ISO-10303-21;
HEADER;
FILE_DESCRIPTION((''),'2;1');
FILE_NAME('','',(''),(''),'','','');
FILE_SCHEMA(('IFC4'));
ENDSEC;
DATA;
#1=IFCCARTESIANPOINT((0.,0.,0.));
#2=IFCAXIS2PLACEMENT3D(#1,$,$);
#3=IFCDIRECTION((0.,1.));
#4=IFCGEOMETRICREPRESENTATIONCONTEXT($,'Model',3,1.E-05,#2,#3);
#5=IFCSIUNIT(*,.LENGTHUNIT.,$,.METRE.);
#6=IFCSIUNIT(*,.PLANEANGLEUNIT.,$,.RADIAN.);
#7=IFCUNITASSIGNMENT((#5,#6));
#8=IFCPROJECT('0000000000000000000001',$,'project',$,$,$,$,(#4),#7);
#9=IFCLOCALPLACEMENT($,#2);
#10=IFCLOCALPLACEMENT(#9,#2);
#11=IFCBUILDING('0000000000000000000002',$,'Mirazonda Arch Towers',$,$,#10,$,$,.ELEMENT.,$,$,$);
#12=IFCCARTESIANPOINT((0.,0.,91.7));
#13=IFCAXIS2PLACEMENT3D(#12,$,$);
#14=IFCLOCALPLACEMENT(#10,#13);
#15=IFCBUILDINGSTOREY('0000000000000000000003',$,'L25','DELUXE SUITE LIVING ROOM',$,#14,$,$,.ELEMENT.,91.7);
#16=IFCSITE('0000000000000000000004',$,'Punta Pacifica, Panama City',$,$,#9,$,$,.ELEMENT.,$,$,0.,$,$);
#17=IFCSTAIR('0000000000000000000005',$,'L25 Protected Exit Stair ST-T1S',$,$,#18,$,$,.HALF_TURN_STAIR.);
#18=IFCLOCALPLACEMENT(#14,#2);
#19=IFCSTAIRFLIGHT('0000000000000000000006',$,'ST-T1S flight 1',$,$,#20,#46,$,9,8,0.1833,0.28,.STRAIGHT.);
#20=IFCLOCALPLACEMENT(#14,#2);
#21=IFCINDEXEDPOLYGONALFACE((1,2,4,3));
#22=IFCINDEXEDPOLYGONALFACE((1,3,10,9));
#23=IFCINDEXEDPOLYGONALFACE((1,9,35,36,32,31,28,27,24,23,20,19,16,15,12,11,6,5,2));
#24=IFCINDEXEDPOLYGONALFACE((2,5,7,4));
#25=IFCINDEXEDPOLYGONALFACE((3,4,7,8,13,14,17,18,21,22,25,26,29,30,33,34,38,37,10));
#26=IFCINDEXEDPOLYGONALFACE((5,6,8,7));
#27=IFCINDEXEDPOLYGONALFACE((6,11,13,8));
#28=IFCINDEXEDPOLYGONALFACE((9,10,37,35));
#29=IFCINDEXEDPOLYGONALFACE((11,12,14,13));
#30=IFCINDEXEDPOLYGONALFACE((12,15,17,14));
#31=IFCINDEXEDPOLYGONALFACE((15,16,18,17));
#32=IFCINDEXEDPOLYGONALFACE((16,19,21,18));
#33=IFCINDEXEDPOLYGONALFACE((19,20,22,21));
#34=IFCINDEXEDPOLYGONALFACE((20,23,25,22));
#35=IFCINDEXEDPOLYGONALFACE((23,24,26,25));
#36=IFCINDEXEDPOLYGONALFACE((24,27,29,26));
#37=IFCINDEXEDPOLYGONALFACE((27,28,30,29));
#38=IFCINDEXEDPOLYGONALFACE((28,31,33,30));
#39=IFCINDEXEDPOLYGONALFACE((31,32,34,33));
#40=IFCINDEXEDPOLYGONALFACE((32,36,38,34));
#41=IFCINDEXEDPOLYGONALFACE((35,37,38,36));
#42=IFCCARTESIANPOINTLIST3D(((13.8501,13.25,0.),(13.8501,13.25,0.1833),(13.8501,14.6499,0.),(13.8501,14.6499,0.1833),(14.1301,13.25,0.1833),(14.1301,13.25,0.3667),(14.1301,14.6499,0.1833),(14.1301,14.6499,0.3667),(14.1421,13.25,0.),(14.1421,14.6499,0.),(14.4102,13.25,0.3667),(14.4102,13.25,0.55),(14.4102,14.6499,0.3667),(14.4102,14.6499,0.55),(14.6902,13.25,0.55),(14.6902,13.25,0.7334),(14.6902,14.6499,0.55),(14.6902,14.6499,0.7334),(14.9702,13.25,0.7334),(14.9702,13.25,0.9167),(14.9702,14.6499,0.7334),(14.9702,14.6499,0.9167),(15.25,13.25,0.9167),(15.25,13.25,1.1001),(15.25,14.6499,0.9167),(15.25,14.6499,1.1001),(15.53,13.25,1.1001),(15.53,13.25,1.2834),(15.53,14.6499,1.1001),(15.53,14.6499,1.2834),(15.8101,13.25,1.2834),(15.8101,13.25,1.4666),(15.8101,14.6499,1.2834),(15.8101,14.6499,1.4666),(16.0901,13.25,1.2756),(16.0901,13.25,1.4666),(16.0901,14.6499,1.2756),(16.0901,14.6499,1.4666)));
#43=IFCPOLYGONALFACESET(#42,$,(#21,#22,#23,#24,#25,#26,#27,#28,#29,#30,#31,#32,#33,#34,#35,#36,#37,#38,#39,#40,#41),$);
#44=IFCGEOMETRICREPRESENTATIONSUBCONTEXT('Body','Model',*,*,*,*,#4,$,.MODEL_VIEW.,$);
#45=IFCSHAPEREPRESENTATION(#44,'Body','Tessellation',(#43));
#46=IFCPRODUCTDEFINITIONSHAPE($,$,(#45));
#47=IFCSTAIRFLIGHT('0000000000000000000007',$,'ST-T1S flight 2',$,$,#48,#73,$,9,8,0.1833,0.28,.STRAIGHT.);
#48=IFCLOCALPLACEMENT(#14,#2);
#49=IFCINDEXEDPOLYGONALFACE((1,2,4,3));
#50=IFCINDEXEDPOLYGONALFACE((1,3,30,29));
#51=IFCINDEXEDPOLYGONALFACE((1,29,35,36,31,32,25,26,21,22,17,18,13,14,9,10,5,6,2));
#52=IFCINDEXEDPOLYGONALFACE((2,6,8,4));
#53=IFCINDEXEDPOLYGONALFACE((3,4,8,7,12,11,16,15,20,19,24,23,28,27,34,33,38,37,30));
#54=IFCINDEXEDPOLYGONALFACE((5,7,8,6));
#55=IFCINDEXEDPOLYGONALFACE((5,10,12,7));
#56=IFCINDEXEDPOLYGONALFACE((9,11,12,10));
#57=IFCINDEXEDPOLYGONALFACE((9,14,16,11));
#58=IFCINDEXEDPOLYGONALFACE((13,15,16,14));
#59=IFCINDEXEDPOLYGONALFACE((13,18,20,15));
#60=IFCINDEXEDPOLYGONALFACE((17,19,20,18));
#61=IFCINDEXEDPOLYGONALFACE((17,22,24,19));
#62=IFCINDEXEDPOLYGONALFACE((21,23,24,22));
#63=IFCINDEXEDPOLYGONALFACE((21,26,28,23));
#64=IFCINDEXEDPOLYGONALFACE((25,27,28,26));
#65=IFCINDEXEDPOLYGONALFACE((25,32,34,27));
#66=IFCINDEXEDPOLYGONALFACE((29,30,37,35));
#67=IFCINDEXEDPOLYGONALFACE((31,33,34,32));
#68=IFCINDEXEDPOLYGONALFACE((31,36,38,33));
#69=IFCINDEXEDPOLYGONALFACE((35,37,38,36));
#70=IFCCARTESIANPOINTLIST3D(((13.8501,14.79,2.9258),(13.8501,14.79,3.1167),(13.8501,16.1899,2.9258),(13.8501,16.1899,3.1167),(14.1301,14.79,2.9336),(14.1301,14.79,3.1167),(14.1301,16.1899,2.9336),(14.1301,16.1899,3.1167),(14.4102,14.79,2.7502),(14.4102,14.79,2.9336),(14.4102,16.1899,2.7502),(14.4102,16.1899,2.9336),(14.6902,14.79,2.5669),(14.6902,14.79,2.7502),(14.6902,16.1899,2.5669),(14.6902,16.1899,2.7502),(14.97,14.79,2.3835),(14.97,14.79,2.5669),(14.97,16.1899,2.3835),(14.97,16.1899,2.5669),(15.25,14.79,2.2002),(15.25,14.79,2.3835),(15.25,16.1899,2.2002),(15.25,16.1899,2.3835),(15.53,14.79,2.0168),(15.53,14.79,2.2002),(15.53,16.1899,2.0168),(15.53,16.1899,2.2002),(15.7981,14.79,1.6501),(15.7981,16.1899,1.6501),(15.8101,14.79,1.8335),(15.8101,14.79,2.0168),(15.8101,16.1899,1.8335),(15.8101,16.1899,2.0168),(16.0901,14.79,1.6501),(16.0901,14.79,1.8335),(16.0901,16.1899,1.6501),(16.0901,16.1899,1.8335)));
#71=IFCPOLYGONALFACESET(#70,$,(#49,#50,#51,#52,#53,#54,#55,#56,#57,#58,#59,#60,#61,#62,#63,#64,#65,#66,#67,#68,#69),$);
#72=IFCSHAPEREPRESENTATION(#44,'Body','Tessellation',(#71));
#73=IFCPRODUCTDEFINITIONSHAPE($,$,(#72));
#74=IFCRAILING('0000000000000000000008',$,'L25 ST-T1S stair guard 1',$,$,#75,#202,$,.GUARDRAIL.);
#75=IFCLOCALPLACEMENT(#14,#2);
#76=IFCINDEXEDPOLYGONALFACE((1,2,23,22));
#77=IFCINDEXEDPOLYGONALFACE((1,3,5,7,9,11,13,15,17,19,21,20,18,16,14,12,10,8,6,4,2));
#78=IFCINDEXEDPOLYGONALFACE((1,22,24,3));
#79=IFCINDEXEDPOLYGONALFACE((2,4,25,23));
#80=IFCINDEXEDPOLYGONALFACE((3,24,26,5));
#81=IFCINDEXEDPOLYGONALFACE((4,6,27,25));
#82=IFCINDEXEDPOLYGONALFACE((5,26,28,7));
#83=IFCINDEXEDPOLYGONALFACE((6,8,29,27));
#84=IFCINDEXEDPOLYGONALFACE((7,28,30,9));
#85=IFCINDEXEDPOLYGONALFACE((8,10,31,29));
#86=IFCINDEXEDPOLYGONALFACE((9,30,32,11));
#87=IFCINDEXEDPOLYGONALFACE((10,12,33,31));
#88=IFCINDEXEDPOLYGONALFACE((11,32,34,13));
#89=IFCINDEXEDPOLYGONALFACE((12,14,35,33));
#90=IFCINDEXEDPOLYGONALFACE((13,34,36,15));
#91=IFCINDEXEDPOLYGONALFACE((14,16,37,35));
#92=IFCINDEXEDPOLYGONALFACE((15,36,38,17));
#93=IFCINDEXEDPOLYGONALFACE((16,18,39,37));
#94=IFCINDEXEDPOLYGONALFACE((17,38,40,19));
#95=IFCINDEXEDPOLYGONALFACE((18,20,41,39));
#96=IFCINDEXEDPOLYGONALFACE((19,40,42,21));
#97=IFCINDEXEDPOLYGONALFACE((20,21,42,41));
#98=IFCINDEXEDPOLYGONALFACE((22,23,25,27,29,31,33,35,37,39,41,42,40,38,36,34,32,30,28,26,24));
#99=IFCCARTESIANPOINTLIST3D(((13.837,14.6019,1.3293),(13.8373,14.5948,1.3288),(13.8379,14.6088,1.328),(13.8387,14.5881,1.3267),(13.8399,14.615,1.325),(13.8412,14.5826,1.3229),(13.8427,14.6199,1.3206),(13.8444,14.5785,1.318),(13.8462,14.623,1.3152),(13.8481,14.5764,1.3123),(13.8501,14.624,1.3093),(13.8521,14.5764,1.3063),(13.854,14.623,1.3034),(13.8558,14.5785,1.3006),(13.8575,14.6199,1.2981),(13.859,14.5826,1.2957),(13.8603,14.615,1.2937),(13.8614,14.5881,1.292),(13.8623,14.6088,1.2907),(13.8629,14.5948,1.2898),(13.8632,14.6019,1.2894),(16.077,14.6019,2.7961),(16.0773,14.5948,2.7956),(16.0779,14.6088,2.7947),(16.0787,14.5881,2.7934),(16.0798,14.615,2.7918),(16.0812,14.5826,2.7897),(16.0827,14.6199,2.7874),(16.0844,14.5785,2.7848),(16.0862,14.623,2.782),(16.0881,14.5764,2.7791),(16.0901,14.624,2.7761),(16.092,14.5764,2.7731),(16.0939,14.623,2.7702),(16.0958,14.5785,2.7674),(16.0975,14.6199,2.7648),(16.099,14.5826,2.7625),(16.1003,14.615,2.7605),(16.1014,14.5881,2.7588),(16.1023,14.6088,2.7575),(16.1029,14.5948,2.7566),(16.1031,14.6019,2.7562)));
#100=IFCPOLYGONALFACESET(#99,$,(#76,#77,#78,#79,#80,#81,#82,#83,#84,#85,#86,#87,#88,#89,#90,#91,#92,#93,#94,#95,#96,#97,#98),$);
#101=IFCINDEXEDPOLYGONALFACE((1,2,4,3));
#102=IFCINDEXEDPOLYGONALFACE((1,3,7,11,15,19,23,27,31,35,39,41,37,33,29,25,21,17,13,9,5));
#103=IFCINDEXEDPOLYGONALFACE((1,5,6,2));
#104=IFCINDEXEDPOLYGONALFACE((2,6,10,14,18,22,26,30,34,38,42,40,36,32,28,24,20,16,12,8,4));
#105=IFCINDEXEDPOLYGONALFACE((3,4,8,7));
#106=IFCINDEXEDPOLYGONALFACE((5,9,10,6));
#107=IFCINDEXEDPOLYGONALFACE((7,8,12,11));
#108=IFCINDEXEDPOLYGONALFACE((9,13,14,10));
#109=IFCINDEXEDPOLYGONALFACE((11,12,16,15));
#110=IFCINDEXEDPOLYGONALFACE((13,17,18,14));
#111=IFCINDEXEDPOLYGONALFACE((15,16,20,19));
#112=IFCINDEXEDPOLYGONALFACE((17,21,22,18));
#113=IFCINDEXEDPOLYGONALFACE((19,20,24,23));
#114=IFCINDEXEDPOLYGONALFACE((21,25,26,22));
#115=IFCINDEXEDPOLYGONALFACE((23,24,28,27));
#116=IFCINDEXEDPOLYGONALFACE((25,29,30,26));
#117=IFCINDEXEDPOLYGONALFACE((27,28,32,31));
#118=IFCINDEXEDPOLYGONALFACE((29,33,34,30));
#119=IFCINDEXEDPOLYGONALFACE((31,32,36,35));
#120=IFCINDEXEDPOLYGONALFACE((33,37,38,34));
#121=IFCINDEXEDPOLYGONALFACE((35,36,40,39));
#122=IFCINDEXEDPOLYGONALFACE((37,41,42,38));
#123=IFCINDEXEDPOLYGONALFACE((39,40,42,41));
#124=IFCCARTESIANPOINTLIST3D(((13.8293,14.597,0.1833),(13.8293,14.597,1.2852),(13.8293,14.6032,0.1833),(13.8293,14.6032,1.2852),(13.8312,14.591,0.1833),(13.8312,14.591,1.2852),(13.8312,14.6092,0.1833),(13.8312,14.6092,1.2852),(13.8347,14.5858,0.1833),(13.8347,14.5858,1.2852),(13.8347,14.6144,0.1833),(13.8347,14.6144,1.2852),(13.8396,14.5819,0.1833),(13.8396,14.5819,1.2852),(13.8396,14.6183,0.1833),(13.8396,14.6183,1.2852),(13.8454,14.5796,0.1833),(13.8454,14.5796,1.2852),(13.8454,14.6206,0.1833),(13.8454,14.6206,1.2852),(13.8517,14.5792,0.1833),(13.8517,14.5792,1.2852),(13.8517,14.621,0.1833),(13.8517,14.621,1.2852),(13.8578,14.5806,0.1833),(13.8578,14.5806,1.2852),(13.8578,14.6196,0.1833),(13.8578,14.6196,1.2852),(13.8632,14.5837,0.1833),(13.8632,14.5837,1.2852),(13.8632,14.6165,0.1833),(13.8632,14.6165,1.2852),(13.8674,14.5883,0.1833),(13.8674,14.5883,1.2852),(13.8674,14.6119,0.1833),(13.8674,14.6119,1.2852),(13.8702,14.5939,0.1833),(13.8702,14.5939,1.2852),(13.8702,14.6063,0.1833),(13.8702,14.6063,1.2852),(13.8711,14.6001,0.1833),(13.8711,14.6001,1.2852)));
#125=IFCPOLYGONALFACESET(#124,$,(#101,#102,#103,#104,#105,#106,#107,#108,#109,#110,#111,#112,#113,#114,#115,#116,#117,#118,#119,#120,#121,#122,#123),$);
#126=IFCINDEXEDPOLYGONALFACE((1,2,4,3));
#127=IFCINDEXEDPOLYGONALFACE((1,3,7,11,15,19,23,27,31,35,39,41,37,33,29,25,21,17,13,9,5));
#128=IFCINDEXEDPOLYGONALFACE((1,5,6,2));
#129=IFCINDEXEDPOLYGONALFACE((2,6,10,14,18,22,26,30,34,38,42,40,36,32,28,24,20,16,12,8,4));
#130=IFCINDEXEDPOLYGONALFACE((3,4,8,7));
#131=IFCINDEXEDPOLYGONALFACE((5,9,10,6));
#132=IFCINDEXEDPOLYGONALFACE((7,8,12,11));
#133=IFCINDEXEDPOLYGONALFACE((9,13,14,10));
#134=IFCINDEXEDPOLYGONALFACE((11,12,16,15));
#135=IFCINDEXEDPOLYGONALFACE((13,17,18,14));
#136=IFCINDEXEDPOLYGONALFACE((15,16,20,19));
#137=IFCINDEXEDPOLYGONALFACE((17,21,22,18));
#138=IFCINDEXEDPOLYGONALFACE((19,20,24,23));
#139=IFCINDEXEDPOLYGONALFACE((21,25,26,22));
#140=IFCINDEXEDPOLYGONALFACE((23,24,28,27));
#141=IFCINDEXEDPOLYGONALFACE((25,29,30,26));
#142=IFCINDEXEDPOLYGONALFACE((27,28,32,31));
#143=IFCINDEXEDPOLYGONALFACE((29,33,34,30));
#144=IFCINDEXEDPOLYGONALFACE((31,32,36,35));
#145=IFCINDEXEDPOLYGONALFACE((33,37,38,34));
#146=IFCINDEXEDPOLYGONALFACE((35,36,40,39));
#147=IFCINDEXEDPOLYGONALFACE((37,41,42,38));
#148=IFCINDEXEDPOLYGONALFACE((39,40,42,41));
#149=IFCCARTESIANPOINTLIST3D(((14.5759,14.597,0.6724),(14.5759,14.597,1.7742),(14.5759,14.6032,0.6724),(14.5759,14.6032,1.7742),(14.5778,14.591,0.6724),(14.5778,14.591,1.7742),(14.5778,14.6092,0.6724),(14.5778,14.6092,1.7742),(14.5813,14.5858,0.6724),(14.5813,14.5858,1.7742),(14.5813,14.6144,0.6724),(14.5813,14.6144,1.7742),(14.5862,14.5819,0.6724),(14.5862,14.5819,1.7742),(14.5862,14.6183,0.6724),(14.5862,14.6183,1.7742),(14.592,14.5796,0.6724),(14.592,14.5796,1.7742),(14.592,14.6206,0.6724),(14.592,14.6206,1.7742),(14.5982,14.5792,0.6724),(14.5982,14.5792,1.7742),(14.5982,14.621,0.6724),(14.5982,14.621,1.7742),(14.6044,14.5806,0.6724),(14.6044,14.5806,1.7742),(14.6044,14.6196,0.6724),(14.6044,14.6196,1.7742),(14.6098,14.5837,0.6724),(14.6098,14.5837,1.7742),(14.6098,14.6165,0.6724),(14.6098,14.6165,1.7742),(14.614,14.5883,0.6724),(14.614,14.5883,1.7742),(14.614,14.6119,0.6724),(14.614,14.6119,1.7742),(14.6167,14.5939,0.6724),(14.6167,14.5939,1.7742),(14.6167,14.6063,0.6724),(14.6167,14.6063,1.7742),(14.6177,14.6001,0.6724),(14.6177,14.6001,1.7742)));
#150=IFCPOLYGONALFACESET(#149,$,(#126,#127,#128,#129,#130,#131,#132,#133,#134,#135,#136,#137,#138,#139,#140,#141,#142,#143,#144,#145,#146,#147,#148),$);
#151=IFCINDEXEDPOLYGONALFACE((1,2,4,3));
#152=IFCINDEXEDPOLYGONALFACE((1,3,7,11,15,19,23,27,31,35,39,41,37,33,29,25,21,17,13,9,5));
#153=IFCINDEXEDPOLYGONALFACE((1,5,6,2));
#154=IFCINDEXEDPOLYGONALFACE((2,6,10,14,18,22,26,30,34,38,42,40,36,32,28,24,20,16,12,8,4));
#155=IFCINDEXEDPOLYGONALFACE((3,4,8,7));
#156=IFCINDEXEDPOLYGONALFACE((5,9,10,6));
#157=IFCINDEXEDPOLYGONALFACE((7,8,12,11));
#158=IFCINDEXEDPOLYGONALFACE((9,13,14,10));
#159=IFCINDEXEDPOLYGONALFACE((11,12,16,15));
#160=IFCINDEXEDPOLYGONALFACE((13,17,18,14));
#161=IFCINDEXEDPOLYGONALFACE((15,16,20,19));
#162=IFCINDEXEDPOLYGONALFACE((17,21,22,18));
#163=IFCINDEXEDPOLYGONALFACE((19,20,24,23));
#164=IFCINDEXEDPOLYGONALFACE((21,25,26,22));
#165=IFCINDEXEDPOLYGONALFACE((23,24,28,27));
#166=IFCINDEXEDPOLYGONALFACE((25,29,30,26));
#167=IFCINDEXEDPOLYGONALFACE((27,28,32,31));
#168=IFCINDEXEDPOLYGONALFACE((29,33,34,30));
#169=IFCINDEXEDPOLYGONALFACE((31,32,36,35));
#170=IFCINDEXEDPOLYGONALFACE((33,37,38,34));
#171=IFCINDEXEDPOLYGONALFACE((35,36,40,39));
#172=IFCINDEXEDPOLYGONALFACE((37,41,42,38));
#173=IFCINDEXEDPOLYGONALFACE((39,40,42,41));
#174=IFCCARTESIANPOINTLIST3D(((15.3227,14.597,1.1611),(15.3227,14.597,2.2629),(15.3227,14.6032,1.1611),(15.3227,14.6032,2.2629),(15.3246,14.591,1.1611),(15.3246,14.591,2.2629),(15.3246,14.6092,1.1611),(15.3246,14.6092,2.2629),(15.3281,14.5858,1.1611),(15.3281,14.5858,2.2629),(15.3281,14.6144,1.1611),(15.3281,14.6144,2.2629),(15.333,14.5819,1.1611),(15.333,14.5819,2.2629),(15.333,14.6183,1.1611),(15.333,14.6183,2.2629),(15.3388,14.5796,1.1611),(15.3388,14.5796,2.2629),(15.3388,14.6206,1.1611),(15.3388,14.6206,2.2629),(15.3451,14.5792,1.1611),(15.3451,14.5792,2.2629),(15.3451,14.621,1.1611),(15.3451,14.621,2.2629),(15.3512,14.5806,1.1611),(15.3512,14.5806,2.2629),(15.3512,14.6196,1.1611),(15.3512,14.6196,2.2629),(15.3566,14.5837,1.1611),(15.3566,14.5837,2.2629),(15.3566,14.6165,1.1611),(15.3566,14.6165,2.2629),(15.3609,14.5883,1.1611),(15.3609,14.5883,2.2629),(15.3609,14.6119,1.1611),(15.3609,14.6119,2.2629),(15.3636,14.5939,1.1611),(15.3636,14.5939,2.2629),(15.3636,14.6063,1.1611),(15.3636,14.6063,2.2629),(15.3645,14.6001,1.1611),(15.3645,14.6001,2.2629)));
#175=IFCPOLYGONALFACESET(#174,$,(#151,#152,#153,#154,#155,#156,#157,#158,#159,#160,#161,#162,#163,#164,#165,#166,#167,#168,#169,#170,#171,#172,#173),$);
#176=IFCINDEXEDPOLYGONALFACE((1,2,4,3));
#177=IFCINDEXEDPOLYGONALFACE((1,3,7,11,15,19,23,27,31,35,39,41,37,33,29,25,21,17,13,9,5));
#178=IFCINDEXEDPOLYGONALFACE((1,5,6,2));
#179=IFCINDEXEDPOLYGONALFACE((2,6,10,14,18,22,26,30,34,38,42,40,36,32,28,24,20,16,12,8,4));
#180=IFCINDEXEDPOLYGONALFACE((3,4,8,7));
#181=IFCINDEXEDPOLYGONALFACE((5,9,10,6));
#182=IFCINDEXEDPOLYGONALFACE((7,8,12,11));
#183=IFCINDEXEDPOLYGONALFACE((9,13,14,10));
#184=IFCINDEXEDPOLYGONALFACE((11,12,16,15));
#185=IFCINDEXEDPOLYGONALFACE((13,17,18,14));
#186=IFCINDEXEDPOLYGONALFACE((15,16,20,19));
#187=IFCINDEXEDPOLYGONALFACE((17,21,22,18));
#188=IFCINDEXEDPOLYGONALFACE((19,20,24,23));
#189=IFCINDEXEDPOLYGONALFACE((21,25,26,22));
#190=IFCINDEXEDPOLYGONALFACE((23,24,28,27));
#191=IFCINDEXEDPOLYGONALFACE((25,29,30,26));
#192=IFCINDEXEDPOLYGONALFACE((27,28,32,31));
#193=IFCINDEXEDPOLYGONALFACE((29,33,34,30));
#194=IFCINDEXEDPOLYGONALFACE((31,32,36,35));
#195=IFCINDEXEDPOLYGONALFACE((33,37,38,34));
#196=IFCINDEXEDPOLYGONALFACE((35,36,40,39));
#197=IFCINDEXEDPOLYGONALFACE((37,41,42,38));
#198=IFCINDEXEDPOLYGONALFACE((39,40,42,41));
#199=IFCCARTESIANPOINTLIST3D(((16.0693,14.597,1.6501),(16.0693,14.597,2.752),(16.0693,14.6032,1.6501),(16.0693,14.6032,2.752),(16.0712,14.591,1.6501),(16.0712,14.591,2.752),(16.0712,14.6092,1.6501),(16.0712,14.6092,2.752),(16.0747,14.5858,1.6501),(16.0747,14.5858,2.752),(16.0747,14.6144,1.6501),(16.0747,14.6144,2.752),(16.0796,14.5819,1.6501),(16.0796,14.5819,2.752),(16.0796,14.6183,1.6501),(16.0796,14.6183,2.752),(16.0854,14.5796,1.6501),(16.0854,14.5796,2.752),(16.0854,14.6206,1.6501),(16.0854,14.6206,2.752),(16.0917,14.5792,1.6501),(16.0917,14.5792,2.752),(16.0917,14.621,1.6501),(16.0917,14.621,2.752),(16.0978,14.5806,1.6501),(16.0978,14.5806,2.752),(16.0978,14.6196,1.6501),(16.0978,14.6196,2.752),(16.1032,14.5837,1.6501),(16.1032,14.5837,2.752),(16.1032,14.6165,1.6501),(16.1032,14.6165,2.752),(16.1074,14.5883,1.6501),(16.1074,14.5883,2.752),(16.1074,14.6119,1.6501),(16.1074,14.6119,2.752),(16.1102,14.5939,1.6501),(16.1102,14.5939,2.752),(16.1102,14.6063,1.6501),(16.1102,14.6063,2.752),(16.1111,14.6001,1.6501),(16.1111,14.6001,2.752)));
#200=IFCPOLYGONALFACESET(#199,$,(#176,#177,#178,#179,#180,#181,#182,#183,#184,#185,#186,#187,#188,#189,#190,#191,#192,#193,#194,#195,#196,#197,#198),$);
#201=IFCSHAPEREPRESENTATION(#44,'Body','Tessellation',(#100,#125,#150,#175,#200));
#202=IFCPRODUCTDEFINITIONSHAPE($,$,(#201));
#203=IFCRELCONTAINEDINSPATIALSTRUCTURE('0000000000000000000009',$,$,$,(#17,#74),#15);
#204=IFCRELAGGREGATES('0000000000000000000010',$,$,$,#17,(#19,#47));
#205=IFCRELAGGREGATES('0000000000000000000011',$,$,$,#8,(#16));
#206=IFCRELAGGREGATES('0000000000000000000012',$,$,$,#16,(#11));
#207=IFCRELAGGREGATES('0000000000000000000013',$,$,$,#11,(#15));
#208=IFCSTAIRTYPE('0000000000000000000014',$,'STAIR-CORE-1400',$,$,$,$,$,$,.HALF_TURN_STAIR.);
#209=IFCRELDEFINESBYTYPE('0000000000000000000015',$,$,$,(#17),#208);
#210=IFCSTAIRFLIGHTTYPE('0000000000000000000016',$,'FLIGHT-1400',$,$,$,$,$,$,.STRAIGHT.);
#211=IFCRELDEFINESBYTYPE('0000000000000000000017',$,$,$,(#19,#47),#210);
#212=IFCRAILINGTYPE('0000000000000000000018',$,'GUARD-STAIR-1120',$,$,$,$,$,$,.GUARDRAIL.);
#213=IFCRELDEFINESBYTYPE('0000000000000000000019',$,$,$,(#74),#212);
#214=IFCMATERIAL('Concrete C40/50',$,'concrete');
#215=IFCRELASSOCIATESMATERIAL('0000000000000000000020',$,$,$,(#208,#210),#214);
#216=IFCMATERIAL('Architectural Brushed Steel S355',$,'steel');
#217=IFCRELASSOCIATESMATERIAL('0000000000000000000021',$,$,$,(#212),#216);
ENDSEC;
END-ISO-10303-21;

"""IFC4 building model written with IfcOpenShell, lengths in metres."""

from ifc_helpers import new_model, si_unit, direction, frame, origin, origin_2d, place, context, subcontext, project, spatial, polyline, circle, outline, extrude, material, type_object, element, aggregate, save


model = new_model("IFC4")

# Units and contexts
model_context = context("Model", 3, precision=1e-05, world=origin(), true_north=direction((0.0, 1.0)))
body_context = subcontext(model_context, "Body", "Model", "MODEL_VIEW")
ifc_project = project(units=[si_unit("LENGTHUNIT", "METRE"), si_unit("PLANEANGLEUNIT", "RADIAN")], contexts=[model_context])

# Site, building, storey
site_placement = place(None, origin())
site = spatial("IfcSite", under=ifc_project, at=site_placement, Name="Punta Pacifica, Panama City", CompositionType="ELEMENT", RefElevation=0.0)
building_placement = place(site_placement, origin())
building = spatial("IfcBuilding", under=site, at=building_placement, Name="Mirazonda Arch Towers", CompositionType="ELEMENT")
storey_placement = place(building_placement, frame((0.0, 0.0, 91.7)))
storey = spatial("IfcBuildingStorey", under=building, at=storey_placement, Name="L25", Description="DELUXE SUITE LIVING ROOM", CompositionType="ELEMENT", Elevation=91.7)

# Stair, stair flights
ifc_material_1 = material(Name="Concrete C40/50", Category="concrete")
stair_type = type_object("IfcStairType", Name="STAIR-CORE-1400", PredefinedType="HALF_TURN_STAIR", material=ifc_material_1)
stair_placement = place(storey_placement, origin())
stair = element("IfcStair", 1, at=stair_placement, inside=storey, type_object=stair_type, Name="L25 Protected Exit Stair ST-T1S", PredefinedType="HALF_TURN_STAIR")
stair_flight_type = type_object("IfcStairFlightType", Name="FLIGHT-1400", PredefinedType="STRAIGHT", material=ifc_material_1)
stair_flight_1_placement = place(storey_placement, frame((13.8501, 13.95, 0.0), z_axis=(0.0, 0.0, 1.0), x_axis=(1.0, 0.0, 0.0)))
stair_flight_1 = element("IfcStairFlight", 2, at=stair_flight_1_placement, type_object=stair_flight_type, Name="ST-T1S flight 1", NumberOfRisers=9, NumberOfTreads=8, PredefinedType="STRAIGHT", RiserHeight=0.1833, TreadLength=0.28, context=body_context, shape_type="SweptSolid", body=[
    extrude(outline(polyline([(0.0, 0.0), (0.0, 0.1833), (0.28, 0.1833), (0.28, 0.3667), (0.5601, 0.3667), (0.5601, 0.55), (0.8401, 0.55), (0.8401, 0.7334), (1.1201, 0.7334), (1.1201, 0.9167), (1.3999, 0.9167), (1.3999, 1.1001), (1.6799, 1.1001), (1.6799, 1.2834), (1.96, 1.2834), (1.96, 1.4666), (2.24, 1.4666), (2.24, 1.6499), (2.24, 1.2756), (0.292, 0.0), (0.0, 0.0)])), frame((0.0, 0.7, 0.0), z_axis=(0.0, -1.0, 0.0), x_axis=(1.0, 0.0, 0.0)), (0.0, 0.0, 1.0), 1.3999),
])
stair_flight_2_placement = place(storey_placement, frame((16.0901, 15.49, 1.6501), z_axis=(0.0, 0.0, 1.0), x_axis=(-1.0, 0.0, 0.0)))
stair_flight_2 = element("IfcStairFlight", 3, at=stair_flight_2_placement, type_object=stair_flight_type, Name="ST-T1S flight 2", NumberOfRisers=9, NumberOfTreads=8, PredefinedType="STRAIGHT", RiserHeight=0.1833, TreadLength=0.28, context=body_context, shape_type="SweptSolid", body=[
    extrude(outline(polyline([(0.0, 0.0), (0.0, 0.1833), (0.28, 0.1833), (0.28, 0.3667), (0.5601, 0.3667), (0.5601, 0.55), (0.8401, 0.55), (0.8401, 0.7334), (1.1201, 0.7334), (1.1201, 0.9167), (1.3999, 0.9167), (1.3999, 1.1001), (1.6799, 1.1001), (1.6799, 1.2834), (1.96, 1.2834), (1.96, 1.4666), (2.24, 1.4666), (2.24, 1.6499), (2.24, 1.2756), (0.292, 0.0), (0.0, 0.0)])), frame((0.0, 0.7, 0.0), z_axis=(0.0, -1.0, 0.0), x_axis=(1.0, 0.0, 0.0)), (0.0, 0.0, 1.0), 1.3999),
])
aggregate(stair, [stair_flight_1, stair_flight_2])

# Railing
ifc_material_2 = material(Name="Architectural Brushed Steel S355", Category="steel")
railing_type_1 = type_object("IfcRailingType", Name="GUARD-STAIR-1120", PredefinedType="GUARDRAIL", material=ifc_material_2)
railing_1_placement = place(storey_placement, frame((13.8501, 14.6001, 0.1833)))
element("IfcRailing", 4, at=railing_1_placement, inside=storey, type_object=railing_type_1, Name="L25 ST-T1S stair guard 1", PredefinedType="GUARDRAIL", context=body_context, shape_type="SweptSolid", body=[
    extrude(circle(Radius=0.0239, at=origin_2d()), frame((0.0, 0.0, 1.126), z_axis=(0.836595, 0.0, 0.547822), x_axis=(0.0, 1.0, 0.0)), (0.0, 0.0, 1.0), 2.6775),
    extrude(circle(Radius=0.021, at=origin_2d()), origin(), (0.0, 0.0, 1.0), 1.1018),
    extrude(circle(Radius=0.021, at=origin_2d()), frame((0.7466, 0.0, 0.489)), (0.0, 0.0, 1.0), 1.1018),
    extrude(circle(Radius=0.021, at=origin_2d()), frame((1.4934, 0.0, 0.9778)), (0.0, 0.0, 1.0), 1.1018),
    extrude(circle(Radius=0.021, at=origin_2d()), frame((2.24, 0.0, 1.4668)), (0.0, 0.0, 1.0), 1.1018),
])

save(model, "model.ifc")
